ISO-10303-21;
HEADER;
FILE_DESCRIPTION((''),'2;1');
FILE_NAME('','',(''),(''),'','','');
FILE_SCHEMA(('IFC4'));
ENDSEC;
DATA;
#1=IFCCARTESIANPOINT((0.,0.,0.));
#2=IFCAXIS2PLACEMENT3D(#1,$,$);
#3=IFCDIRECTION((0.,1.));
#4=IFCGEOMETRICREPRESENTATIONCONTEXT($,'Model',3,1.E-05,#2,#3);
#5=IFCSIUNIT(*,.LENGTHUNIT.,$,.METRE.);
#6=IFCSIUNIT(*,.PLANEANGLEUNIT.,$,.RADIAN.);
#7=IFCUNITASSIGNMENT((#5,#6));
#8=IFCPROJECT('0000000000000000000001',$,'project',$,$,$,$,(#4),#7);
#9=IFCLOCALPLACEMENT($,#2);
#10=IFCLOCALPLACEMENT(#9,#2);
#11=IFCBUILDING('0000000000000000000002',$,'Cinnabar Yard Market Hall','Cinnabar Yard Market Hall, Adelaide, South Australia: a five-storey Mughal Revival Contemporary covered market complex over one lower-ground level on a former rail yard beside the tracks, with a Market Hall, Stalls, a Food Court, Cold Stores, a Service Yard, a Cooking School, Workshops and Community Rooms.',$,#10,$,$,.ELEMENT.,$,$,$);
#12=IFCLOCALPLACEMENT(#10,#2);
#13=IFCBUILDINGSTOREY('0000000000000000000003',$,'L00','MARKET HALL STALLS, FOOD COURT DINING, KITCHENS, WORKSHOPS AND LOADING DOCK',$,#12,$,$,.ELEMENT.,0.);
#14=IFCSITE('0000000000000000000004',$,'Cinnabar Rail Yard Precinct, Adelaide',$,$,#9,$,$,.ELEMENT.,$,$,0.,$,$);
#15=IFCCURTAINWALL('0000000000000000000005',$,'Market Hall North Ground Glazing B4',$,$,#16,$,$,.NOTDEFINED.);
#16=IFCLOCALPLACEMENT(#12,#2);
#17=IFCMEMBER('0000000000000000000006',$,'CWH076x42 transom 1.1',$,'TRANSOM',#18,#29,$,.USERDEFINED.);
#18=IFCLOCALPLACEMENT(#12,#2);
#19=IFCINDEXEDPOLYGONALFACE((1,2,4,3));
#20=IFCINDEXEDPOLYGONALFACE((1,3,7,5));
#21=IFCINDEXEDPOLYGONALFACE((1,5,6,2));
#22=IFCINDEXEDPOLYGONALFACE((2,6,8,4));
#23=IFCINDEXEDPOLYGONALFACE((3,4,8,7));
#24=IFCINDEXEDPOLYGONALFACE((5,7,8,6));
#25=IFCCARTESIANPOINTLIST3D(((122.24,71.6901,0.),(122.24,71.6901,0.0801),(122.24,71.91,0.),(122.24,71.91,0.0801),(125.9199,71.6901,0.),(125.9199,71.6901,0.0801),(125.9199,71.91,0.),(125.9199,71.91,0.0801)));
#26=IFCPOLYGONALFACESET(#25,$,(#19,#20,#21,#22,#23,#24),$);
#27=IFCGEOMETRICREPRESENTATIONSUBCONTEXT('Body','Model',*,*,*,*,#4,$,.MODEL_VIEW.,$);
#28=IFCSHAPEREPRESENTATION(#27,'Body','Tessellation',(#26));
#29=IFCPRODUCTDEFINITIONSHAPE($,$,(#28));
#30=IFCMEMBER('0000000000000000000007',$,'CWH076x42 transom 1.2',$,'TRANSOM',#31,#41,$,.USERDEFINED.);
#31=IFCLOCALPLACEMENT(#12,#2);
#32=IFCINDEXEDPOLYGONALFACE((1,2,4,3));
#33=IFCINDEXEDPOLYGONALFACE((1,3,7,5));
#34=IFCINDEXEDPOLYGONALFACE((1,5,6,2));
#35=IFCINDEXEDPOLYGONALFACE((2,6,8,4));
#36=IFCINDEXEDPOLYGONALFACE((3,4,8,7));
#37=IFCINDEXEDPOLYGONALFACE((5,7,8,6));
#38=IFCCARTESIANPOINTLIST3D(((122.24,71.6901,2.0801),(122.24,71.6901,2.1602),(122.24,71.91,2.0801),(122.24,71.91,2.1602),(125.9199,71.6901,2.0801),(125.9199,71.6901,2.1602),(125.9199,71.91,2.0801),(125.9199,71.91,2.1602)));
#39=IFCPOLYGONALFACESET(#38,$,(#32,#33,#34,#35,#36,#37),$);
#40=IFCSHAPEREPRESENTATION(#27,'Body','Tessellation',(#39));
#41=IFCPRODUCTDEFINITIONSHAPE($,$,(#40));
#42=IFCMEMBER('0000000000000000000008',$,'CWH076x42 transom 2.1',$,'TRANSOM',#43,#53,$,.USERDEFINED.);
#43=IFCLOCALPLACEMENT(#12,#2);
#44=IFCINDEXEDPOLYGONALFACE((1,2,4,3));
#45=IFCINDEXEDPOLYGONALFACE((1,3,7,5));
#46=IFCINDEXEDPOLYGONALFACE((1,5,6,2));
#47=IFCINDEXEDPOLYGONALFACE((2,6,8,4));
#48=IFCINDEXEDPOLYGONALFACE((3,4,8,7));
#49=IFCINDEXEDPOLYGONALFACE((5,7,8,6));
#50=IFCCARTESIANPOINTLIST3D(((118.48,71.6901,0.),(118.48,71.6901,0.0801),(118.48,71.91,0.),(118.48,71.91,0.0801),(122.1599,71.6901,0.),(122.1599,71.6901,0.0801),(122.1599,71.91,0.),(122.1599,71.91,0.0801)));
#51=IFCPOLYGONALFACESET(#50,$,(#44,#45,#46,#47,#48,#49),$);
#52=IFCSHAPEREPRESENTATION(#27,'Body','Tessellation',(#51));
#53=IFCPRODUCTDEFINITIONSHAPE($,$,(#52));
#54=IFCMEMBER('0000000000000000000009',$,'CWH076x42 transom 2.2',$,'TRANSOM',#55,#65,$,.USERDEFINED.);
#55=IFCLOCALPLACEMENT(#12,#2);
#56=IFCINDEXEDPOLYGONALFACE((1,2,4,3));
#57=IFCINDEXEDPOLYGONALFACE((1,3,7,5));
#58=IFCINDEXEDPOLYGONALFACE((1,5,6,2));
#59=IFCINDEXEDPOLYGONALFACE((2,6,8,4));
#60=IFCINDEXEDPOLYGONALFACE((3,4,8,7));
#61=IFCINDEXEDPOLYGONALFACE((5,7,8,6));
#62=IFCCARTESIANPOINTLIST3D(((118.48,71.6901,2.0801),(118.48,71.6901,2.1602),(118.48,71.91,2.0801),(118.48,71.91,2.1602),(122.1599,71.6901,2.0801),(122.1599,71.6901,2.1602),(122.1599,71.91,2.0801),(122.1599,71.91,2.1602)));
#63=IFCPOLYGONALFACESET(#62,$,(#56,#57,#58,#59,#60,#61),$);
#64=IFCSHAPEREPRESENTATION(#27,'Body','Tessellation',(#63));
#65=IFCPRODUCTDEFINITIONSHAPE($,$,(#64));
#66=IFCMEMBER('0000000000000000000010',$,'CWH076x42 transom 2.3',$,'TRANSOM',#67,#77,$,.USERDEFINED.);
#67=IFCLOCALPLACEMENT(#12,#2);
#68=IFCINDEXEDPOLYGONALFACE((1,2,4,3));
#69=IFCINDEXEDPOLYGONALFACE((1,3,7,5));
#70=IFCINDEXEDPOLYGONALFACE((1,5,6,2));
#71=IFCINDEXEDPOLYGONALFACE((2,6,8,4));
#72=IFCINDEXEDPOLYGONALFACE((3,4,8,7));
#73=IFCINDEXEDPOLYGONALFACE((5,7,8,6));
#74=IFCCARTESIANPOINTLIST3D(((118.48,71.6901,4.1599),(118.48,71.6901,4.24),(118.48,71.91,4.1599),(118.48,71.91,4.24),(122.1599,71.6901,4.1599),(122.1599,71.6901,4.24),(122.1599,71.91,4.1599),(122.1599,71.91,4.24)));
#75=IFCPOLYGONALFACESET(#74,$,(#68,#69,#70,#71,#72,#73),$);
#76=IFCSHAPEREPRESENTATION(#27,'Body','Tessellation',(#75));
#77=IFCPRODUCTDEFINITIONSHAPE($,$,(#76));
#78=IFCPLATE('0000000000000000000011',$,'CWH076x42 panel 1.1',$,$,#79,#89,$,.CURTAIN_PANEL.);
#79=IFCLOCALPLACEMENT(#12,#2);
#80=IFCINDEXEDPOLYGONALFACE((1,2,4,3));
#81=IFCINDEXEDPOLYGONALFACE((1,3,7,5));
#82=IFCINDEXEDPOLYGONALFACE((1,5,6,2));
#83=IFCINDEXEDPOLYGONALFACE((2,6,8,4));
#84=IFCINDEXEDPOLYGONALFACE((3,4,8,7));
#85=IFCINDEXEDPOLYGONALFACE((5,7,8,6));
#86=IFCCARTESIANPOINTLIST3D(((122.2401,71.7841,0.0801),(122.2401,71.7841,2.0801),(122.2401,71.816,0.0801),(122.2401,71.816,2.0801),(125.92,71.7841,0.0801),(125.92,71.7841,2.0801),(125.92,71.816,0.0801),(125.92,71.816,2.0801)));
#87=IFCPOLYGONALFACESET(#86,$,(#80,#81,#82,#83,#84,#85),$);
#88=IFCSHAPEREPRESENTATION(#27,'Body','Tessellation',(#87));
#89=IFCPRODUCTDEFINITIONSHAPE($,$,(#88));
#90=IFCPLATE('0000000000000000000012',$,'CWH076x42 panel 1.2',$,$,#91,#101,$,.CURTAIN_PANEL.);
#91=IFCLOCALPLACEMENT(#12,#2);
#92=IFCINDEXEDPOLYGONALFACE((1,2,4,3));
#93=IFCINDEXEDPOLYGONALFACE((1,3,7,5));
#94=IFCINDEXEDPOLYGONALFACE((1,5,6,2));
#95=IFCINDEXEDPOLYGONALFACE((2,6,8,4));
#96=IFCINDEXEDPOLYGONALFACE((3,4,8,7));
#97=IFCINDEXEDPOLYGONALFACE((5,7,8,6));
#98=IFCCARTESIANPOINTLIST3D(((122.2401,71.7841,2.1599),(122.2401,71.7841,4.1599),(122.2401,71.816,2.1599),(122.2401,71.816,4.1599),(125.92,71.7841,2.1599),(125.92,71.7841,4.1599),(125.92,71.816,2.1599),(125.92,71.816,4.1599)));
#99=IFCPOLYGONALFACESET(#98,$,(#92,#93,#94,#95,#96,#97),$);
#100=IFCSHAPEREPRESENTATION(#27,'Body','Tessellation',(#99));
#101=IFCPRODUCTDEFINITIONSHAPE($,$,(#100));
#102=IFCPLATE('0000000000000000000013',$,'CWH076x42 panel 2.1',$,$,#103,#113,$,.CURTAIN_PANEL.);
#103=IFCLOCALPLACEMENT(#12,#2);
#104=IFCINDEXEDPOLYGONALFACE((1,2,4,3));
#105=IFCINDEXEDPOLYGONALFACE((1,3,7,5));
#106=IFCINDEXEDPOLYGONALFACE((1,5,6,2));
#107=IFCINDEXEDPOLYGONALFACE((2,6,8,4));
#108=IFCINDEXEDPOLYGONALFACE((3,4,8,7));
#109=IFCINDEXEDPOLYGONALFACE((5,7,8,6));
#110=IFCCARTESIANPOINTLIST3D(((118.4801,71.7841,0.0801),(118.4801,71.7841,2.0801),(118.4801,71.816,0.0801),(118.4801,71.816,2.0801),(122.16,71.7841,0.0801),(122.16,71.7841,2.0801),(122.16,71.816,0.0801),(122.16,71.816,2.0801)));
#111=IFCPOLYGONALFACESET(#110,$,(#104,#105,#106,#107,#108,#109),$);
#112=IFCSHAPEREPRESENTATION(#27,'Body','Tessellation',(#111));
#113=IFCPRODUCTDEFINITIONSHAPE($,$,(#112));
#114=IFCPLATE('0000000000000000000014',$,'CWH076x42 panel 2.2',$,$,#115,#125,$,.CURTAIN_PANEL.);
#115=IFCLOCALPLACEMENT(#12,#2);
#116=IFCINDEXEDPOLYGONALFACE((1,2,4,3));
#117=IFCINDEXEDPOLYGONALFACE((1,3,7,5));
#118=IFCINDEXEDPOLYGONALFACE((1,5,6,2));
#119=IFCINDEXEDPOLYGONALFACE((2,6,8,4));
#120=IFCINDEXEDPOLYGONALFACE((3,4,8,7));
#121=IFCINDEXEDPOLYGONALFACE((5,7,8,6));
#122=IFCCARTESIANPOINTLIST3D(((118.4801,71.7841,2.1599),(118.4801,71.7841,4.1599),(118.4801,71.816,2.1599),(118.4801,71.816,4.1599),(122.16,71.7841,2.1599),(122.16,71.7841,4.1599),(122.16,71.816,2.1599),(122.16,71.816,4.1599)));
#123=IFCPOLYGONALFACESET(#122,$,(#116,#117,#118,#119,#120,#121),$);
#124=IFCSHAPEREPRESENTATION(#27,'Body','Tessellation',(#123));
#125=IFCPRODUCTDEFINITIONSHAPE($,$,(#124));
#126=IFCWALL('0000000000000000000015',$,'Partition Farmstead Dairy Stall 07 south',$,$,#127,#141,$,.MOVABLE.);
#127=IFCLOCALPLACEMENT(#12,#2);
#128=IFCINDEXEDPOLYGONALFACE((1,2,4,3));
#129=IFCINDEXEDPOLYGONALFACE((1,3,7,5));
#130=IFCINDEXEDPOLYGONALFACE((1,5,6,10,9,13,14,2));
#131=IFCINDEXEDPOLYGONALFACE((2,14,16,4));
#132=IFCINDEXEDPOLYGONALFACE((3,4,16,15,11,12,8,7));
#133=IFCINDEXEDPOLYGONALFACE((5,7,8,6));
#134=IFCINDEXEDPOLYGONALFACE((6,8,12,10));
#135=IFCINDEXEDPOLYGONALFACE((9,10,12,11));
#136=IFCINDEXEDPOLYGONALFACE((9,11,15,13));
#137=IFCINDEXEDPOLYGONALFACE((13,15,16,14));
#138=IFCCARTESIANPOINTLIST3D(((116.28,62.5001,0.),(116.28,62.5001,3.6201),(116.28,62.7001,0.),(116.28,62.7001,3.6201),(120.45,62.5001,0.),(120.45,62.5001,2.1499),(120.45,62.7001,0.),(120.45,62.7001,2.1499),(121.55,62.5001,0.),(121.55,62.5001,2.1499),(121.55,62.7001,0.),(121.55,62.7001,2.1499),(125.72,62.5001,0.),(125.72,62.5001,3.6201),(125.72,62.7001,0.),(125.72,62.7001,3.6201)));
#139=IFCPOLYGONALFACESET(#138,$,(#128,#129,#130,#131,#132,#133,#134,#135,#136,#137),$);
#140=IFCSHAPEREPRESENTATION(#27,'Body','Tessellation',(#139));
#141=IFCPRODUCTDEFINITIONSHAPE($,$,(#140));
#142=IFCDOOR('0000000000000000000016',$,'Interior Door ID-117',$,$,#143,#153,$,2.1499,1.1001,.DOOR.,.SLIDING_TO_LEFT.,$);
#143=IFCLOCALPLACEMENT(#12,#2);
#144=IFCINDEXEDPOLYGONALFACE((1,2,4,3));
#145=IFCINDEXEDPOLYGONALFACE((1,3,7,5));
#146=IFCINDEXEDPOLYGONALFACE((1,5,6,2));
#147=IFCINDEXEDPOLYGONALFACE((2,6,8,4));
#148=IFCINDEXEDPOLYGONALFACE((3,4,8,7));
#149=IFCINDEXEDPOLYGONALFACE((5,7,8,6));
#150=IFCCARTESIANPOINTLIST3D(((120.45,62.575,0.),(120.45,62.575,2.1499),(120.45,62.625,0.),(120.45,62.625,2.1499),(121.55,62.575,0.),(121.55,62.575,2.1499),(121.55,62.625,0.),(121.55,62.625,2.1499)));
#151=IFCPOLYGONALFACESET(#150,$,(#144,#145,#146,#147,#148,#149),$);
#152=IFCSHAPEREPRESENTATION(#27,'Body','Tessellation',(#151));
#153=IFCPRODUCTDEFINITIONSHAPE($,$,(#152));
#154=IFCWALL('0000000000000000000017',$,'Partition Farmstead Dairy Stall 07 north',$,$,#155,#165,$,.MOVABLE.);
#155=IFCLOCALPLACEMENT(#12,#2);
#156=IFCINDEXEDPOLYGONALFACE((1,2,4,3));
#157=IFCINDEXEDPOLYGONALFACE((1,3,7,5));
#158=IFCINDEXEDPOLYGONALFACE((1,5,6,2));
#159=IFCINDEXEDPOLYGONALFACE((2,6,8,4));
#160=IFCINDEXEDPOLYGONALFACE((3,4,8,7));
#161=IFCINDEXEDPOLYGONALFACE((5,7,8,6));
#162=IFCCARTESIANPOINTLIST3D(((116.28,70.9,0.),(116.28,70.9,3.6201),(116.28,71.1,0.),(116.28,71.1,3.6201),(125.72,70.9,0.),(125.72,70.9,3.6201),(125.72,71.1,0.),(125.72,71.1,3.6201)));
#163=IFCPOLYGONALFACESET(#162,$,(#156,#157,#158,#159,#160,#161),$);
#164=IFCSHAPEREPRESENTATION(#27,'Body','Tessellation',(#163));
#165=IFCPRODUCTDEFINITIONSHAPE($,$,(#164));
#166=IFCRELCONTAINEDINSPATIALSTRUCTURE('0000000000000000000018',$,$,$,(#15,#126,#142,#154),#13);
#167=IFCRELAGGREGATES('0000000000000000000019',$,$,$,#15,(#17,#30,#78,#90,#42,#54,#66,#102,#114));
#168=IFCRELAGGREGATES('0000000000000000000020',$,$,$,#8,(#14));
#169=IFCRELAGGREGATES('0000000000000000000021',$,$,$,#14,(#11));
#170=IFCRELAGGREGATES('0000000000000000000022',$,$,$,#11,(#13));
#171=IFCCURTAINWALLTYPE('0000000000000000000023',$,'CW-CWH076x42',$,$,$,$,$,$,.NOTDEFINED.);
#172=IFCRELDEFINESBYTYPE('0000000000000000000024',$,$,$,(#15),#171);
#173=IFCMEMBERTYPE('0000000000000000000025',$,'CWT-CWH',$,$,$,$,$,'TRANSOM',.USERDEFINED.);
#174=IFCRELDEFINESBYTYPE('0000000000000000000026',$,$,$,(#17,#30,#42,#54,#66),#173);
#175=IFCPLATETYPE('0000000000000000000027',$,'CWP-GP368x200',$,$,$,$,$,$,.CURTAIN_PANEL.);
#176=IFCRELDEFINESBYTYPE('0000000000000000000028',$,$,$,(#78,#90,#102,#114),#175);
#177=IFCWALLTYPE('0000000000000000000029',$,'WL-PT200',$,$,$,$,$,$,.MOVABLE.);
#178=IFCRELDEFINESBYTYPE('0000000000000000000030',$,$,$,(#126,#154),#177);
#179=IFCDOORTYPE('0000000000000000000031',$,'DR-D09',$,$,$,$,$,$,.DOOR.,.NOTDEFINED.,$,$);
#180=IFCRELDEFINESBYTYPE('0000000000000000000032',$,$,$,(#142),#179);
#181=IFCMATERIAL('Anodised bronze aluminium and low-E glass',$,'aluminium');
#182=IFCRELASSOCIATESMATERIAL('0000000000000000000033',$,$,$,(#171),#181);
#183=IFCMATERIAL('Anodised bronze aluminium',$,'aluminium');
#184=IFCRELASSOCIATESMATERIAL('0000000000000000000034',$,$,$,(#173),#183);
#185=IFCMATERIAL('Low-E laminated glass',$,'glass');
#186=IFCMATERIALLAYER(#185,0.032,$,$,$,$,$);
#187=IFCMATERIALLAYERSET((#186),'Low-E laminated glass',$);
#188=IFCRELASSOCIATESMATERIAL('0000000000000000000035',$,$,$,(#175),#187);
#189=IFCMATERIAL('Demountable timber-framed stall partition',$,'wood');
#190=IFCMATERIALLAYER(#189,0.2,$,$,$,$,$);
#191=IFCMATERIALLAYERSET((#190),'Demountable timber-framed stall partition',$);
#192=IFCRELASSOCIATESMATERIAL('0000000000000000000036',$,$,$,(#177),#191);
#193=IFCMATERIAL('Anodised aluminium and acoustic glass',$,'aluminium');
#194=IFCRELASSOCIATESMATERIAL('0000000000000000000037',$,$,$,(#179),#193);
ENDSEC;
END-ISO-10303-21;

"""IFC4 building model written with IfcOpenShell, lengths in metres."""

from ifc_helpers import new_model, si_unit, direction, frame, frame_2d, origin, origin_2d_with_axis, place, context, subcontext, project, spatial, rectangle, extrude, material, layer, layer_set, material_profile, profile_set, type_object, element, fill, aggregate, save


model = new_model("IFC4")

# Units and contexts
model_context = context("Model", 3, precision=1e-05, world=origin(), true_north=direction((0.0, 1.0)))
body_context = subcontext(model_context, "Body", "Model", "MODEL_VIEW")
ifc_project = project(units=[si_unit("LENGTHUNIT", "METRE"), si_unit("PLANEANGLEUNIT", "RADIAN")], contexts=[model_context])

# Site, building, storey
site_placement = place(None, origin())
site = spatial("IfcSite", under=ifc_project, at=site_placement, Name="Cinnabar Rail Yard Precinct, Adelaide", CompositionType="ELEMENT", RefElevation=0.0)
building_placement = place(site_placement, origin())
building = spatial("IfcBuilding", under=site, at=building_placement, Name="Cinnabar Yard Market Hall", Description="Cinnabar Yard Market Hall, Adelaide, South Australia: a five-storey Mughal Revival Contemporary covered market complex over one lower-ground level on a former rail yard beside the tracks, with a Market Hall, Stalls, a Food Court, Cold Stores, a Service Yard, a Cooking School, Workshops and Community Rooms.", CompositionType="ELEMENT")
storey_placement = place(building_placement, origin())
storey = spatial("IfcBuildingStorey", under=building, at=storey_placement, Name="L00", Description="MARKET HALL STALLS, FOOD COURT DINING, KITCHENS, WORKSHOPS AND LOADING DOCK", CompositionType="ELEMENT", Elevation=0.0)

# Curtain wall, members, plates
ifc_material_1 = material(Name="Anodised bronze aluminium and low-E glass", Category="aluminium")
curtain_wall_type = type_object("IfcCurtainWallType", Name="CW-CWH076x42", PredefinedType="NOTDEFINED", material=ifc_material_1)
curtain_wall_placement = place(storey_placement, origin())
curtain_wall = element("IfcCurtainWall", 1, at=curtain_wall_placement, inside=storey, type_object=curtain_wall_type, Name="Market Hall North Ground Glazing B4", PredefinedType="NOTDEFINED")
ifc_material_2 = material(Name="Anodised bronze aluminium", Category="aluminium")
ifc_material_profile_1 = material_profile(ifc_material_2, rectangle(XDim=0.22, YDim=0.0801, at=origin_2d_with_axis()), Name="TRN-CWH")
ifc_profile_set_1 = profile_set([ifc_material_profile_1], Name="Anodised bronze aluminium")
member_type_1 = type_object("IfcMemberType", Name="CWT-CWH", ElementType="TRANSOM", PredefinedType="USERDEFINED", material=ifc_profile_set_1)
member_1_placement = place(storey_placement, frame((125.9199, 71.8, 0.04), z_axis=(-1.0, 0.0, 0.0), x_axis=(0.0, -1.0, 0.0)))
member_1 = element("IfcMember", 2, at=member_1_placement, type_object=member_type_1, Name="CWH076x42 transom 1.1", ObjectType="TRANSOM", PredefinedType="USERDEFINED", context=body_context, shape_type="SweptSolid", body=[
    extrude(rectangle(XDim=0.22, YDim=0.0801, at=origin_2d_with_axis()), origin(), (0.0, 0.0, 1.0), 3.6799),
])
member_2_placement = place(storey_placement, frame((125.9199, 71.8, 2.1201), z_axis=(-1.0, 0.0, 0.0), x_axis=(0.0, -1.0, 0.0)))
member_2 = element("IfcMember", 3, at=member_2_placement, type_object=member_type_1, Name="CWH076x42 transom 1.2", ObjectType="TRANSOM", PredefinedType="USERDEFINED", context=body_context, shape_type="SweptSolid", body=[
    extrude(rectangle(XDim=0.22, YDim=0.0801, at=origin_2d_with_axis()), origin(), (0.0, 0.0, 1.0), 3.6799),
])
member_3_placement = place(storey_placement, frame((122.1599, 71.8, 0.04), z_axis=(-1.0, 0.0, 0.0), x_axis=(0.0, -1.0, 0.0)))
member_3 = element("IfcMember", 4, at=member_3_placement, type_object=member_type_1, Name="CWH076x42 transom 2.1", ObjectType="TRANSOM", PredefinedType="USERDEFINED", context=body_context, shape_type="SweptSolid", body=[
    extrude(rectangle(XDim=0.22, YDim=0.0801, at=origin_2d_with_axis()), origin(), (0.0, 0.0, 1.0), 3.6799),
])
member_4_placement = place(storey_placement, frame((122.1599, 71.8, 2.1201), z_axis=(-1.0, 0.0, 0.0), x_axis=(0.0, -1.0, 0.0)))
member_4 = element("IfcMember", 5, at=member_4_placement, type_object=member_type_1, Name="CWH076x42 transom 2.2", ObjectType="TRANSOM", PredefinedType="USERDEFINED", context=body_context, shape_type="SweptSolid", body=[
    extrude(rectangle(XDim=0.22, YDim=0.0801, at=origin_2d_with_axis()), origin(), (0.0, 0.0, 1.0), 3.6799),
])
member_5_placement = place(storey_placement, frame((122.1599, 71.8, 4.2), z_axis=(-1.0, 0.0, 0.0), x_axis=(0.0, -1.0, 0.0)))
member_5 = element("IfcMember", 6, at=member_5_placement, type_object=member_type_1, Name="CWH076x42 transom 2.3", ObjectType="TRANSOM", PredefinedType="USERDEFINED", context=body_context, shape_type="SweptSolid", body=[
    extrude(rectangle(XDim=0.22, YDim=0.0801, at=origin_2d_with_axis()), origin(), (0.0, 0.0, 1.0), 3.6799),
])
ifc_material_3 = material(Name="Low-E laminated glass", Category="glass")
ifc_layer_1 = layer(ifc_material_3, 0.032)
ifc_layer_set_1 = layer_set([ifc_layer_1], Name="Low-E laminated glass")
plate_type = type_object("IfcPlateType", Name="CWP-GP368x200", PredefinedType="CURTAIN_PANEL", material=ifc_layer_set_1)
plate_1_placement = place(storey_placement, frame((124.0801, 71.8, 0.0801), z_axis=(0.0, 0.0, 1.0), x_axis=(-1.0, 0.0, 0.0)))
plate_1 = element("IfcPlate", 7, at=plate_1_placement, type_object=plate_type, Name="CWH076x42 panel 1.1", PredefinedType="CURTAIN_PANEL", context=body_context, shape_type="SweptSolid", body=[
    extrude(rectangle(XDim=3.6799, YDim=0.032, at=origin_2d_with_axis()), origin(), (0.0, 0.0, 1.0), 2.0),
])
plate_2_placement = place(storey_placement, frame((124.0801, 71.8, 2.1599), z_axis=(0.0, 0.0, 1.0), x_axis=(-1.0, 0.0, 0.0)))
plate_2 = element("IfcPlate", 8, at=plate_2_placement, type_object=plate_type, Name="CWH076x42 panel 1.2", PredefinedType="CURTAIN_PANEL", context=body_context, shape_type="SweptSolid", body=[
    extrude(rectangle(XDim=3.6799, YDim=0.032, at=origin_2d_with_axis()), origin(), (0.0, 0.0, 1.0), 2.0),
])
plate_3_placement = place(storey_placement, frame((120.3201, 71.8, 0.0801), z_axis=(0.0, 0.0, 1.0), x_axis=(-1.0, 0.0, 0.0)))
plate_3 = element("IfcPlate", 9, at=plate_3_placement, type_object=plate_type, Name="CWH076x42 panel 2.1", PredefinedType="CURTAIN_PANEL", context=body_context, shape_type="SweptSolid", body=[
    extrude(rectangle(XDim=3.6799, YDim=0.032, at=origin_2d_with_axis()), origin(), (0.0, 0.0, 1.0), 2.0),
])
plate_4_placement = place(storey_placement, frame((120.3201, 71.8, 2.1599), z_axis=(0.0, 0.0, 1.0), x_axis=(-1.0, 0.0, 0.0)))
plate_4 = element("IfcPlate", 10, at=plate_4_placement, type_object=plate_type, Name="CWH076x42 panel 2.2", PredefinedType="CURTAIN_PANEL", context=body_context, shape_type="SweptSolid", body=[
    extrude(rectangle(XDim=3.6799, YDim=0.032, at=origin_2d_with_axis()), origin(), (0.0, 0.0, 1.0), 2.0),
])
aggregate(curtain_wall, [member_1, member_2, plate_1, plate_2, member_3, member_4, member_5, plate_3, plate_4])

# Wall, opening, door
ifc_material_4 = material(Name="Demountable timber-framed stall partition", Category="wood")
ifc_layer_2 = layer(ifc_material_4, 0.2)
ifc_layer_set_2 = layer_set([ifc_layer_2], Name="Demountable timber-framed stall partition")
wall_type_1 = type_object("IfcWallType", Name="WL-PT200", PredefinedType="MOVABLE", material=ifc_layer_set_2)
wall_1_placement = place(storey_placement, frame((116.28, 62.6001, 0.0), z_axis=(0.0, 0.0, 1.0), x_axis=(1.0, 0.0, 0.0)))
wall_1 = element("IfcWall", 11, at=wall_1_placement, inside=storey, type_object=wall_type_1, Name="Partition Farmstead Dairy Stall 07 south", PredefinedType="MOVABLE", context=body_context, shape_type="SweptSolid", body=[
    extrude(rectangle(XDim=9.4399, YDim=0.2, at=frame_2d((4.72, 0.0), x_axis=(1.0, 0.0))), origin(), (0.0, 0.0, 1.0), 3.6201),
])
opening_1_placement = place(wall_1_placement, frame((4.1699, 0.0, 0.0)))
opening_1 = element("IfcOpeningElement", 12, at=opening_1_placement, cuts=wall_1, PredefinedType="OPENING", context=body_context, shape_type="SweptSolid", body=[
    extrude(rectangle(XDim=1.1001, YDim=2.1499, at=frame_2d((0.55, 1.075), x_axis=(1.0, 0.0))), frame((0.0, 0.1099, 0.0), z_axis=(0.0, -1.0, 0.0), x_axis=(1.0, 0.0, 0.0)), (0.0, 0.0, 1.0), 0.22),
])
ifc_material_5 = material(Name="Anodised aluminium and acoustic glass", Category="aluminium")
door_type_1 = type_object("IfcDoorType", Name="DR-D09", OperationType="NOTDEFINED", PredefinedType="DOOR", material=ifc_material_5)
door_1_placement = place(opening_1_placement, origin())
door_1 = element("IfcDoor", 13, at=door_1_placement, inside=storey, type_object=door_type_1, Name="Interior Door ID-117", OperationType="SLIDING_TO_LEFT", OverallHeight=2.1499, OverallWidth=1.1001, PredefinedType="DOOR", context=body_context, shape_type="SweptSolid", body=[
    extrude(rectangle(XDim=1.1001, YDim=2.1499, at=frame_2d((0.55, 1.075), x_axis=(1.0, 0.0))), frame((0.0, 0.0249, 0.0), z_axis=(0.0, -1.0, 0.0), x_axis=(1.0, 0.0, 0.0)), (0.0, 0.0, 1.0), 0.05),
])
fill(opening_1, door_1)

# Wall
wall_2_placement = place(storey_placement, frame((125.72, 71.0, 0.0), z_axis=(0.0, 0.0, 1.0), x_axis=(-1.0, 0.0, 0.0)))
element("IfcWall", 14, at=wall_2_placement, inside=storey, type_object=wall_type_1, Name="Partition Farmstead Dairy Stall 07 north", PredefinedType="MOVABLE", context=body_context, shape_type="SweptSolid", body=[
    extrude(rectangle(XDim=9.4399, YDim=0.2, at=frame_2d((4.72, 0.0), x_axis=(1.0, 0.0))), origin(), (0.0, 0.0, 1.0), 3.6201),
])

save(model, "model.ifc")
